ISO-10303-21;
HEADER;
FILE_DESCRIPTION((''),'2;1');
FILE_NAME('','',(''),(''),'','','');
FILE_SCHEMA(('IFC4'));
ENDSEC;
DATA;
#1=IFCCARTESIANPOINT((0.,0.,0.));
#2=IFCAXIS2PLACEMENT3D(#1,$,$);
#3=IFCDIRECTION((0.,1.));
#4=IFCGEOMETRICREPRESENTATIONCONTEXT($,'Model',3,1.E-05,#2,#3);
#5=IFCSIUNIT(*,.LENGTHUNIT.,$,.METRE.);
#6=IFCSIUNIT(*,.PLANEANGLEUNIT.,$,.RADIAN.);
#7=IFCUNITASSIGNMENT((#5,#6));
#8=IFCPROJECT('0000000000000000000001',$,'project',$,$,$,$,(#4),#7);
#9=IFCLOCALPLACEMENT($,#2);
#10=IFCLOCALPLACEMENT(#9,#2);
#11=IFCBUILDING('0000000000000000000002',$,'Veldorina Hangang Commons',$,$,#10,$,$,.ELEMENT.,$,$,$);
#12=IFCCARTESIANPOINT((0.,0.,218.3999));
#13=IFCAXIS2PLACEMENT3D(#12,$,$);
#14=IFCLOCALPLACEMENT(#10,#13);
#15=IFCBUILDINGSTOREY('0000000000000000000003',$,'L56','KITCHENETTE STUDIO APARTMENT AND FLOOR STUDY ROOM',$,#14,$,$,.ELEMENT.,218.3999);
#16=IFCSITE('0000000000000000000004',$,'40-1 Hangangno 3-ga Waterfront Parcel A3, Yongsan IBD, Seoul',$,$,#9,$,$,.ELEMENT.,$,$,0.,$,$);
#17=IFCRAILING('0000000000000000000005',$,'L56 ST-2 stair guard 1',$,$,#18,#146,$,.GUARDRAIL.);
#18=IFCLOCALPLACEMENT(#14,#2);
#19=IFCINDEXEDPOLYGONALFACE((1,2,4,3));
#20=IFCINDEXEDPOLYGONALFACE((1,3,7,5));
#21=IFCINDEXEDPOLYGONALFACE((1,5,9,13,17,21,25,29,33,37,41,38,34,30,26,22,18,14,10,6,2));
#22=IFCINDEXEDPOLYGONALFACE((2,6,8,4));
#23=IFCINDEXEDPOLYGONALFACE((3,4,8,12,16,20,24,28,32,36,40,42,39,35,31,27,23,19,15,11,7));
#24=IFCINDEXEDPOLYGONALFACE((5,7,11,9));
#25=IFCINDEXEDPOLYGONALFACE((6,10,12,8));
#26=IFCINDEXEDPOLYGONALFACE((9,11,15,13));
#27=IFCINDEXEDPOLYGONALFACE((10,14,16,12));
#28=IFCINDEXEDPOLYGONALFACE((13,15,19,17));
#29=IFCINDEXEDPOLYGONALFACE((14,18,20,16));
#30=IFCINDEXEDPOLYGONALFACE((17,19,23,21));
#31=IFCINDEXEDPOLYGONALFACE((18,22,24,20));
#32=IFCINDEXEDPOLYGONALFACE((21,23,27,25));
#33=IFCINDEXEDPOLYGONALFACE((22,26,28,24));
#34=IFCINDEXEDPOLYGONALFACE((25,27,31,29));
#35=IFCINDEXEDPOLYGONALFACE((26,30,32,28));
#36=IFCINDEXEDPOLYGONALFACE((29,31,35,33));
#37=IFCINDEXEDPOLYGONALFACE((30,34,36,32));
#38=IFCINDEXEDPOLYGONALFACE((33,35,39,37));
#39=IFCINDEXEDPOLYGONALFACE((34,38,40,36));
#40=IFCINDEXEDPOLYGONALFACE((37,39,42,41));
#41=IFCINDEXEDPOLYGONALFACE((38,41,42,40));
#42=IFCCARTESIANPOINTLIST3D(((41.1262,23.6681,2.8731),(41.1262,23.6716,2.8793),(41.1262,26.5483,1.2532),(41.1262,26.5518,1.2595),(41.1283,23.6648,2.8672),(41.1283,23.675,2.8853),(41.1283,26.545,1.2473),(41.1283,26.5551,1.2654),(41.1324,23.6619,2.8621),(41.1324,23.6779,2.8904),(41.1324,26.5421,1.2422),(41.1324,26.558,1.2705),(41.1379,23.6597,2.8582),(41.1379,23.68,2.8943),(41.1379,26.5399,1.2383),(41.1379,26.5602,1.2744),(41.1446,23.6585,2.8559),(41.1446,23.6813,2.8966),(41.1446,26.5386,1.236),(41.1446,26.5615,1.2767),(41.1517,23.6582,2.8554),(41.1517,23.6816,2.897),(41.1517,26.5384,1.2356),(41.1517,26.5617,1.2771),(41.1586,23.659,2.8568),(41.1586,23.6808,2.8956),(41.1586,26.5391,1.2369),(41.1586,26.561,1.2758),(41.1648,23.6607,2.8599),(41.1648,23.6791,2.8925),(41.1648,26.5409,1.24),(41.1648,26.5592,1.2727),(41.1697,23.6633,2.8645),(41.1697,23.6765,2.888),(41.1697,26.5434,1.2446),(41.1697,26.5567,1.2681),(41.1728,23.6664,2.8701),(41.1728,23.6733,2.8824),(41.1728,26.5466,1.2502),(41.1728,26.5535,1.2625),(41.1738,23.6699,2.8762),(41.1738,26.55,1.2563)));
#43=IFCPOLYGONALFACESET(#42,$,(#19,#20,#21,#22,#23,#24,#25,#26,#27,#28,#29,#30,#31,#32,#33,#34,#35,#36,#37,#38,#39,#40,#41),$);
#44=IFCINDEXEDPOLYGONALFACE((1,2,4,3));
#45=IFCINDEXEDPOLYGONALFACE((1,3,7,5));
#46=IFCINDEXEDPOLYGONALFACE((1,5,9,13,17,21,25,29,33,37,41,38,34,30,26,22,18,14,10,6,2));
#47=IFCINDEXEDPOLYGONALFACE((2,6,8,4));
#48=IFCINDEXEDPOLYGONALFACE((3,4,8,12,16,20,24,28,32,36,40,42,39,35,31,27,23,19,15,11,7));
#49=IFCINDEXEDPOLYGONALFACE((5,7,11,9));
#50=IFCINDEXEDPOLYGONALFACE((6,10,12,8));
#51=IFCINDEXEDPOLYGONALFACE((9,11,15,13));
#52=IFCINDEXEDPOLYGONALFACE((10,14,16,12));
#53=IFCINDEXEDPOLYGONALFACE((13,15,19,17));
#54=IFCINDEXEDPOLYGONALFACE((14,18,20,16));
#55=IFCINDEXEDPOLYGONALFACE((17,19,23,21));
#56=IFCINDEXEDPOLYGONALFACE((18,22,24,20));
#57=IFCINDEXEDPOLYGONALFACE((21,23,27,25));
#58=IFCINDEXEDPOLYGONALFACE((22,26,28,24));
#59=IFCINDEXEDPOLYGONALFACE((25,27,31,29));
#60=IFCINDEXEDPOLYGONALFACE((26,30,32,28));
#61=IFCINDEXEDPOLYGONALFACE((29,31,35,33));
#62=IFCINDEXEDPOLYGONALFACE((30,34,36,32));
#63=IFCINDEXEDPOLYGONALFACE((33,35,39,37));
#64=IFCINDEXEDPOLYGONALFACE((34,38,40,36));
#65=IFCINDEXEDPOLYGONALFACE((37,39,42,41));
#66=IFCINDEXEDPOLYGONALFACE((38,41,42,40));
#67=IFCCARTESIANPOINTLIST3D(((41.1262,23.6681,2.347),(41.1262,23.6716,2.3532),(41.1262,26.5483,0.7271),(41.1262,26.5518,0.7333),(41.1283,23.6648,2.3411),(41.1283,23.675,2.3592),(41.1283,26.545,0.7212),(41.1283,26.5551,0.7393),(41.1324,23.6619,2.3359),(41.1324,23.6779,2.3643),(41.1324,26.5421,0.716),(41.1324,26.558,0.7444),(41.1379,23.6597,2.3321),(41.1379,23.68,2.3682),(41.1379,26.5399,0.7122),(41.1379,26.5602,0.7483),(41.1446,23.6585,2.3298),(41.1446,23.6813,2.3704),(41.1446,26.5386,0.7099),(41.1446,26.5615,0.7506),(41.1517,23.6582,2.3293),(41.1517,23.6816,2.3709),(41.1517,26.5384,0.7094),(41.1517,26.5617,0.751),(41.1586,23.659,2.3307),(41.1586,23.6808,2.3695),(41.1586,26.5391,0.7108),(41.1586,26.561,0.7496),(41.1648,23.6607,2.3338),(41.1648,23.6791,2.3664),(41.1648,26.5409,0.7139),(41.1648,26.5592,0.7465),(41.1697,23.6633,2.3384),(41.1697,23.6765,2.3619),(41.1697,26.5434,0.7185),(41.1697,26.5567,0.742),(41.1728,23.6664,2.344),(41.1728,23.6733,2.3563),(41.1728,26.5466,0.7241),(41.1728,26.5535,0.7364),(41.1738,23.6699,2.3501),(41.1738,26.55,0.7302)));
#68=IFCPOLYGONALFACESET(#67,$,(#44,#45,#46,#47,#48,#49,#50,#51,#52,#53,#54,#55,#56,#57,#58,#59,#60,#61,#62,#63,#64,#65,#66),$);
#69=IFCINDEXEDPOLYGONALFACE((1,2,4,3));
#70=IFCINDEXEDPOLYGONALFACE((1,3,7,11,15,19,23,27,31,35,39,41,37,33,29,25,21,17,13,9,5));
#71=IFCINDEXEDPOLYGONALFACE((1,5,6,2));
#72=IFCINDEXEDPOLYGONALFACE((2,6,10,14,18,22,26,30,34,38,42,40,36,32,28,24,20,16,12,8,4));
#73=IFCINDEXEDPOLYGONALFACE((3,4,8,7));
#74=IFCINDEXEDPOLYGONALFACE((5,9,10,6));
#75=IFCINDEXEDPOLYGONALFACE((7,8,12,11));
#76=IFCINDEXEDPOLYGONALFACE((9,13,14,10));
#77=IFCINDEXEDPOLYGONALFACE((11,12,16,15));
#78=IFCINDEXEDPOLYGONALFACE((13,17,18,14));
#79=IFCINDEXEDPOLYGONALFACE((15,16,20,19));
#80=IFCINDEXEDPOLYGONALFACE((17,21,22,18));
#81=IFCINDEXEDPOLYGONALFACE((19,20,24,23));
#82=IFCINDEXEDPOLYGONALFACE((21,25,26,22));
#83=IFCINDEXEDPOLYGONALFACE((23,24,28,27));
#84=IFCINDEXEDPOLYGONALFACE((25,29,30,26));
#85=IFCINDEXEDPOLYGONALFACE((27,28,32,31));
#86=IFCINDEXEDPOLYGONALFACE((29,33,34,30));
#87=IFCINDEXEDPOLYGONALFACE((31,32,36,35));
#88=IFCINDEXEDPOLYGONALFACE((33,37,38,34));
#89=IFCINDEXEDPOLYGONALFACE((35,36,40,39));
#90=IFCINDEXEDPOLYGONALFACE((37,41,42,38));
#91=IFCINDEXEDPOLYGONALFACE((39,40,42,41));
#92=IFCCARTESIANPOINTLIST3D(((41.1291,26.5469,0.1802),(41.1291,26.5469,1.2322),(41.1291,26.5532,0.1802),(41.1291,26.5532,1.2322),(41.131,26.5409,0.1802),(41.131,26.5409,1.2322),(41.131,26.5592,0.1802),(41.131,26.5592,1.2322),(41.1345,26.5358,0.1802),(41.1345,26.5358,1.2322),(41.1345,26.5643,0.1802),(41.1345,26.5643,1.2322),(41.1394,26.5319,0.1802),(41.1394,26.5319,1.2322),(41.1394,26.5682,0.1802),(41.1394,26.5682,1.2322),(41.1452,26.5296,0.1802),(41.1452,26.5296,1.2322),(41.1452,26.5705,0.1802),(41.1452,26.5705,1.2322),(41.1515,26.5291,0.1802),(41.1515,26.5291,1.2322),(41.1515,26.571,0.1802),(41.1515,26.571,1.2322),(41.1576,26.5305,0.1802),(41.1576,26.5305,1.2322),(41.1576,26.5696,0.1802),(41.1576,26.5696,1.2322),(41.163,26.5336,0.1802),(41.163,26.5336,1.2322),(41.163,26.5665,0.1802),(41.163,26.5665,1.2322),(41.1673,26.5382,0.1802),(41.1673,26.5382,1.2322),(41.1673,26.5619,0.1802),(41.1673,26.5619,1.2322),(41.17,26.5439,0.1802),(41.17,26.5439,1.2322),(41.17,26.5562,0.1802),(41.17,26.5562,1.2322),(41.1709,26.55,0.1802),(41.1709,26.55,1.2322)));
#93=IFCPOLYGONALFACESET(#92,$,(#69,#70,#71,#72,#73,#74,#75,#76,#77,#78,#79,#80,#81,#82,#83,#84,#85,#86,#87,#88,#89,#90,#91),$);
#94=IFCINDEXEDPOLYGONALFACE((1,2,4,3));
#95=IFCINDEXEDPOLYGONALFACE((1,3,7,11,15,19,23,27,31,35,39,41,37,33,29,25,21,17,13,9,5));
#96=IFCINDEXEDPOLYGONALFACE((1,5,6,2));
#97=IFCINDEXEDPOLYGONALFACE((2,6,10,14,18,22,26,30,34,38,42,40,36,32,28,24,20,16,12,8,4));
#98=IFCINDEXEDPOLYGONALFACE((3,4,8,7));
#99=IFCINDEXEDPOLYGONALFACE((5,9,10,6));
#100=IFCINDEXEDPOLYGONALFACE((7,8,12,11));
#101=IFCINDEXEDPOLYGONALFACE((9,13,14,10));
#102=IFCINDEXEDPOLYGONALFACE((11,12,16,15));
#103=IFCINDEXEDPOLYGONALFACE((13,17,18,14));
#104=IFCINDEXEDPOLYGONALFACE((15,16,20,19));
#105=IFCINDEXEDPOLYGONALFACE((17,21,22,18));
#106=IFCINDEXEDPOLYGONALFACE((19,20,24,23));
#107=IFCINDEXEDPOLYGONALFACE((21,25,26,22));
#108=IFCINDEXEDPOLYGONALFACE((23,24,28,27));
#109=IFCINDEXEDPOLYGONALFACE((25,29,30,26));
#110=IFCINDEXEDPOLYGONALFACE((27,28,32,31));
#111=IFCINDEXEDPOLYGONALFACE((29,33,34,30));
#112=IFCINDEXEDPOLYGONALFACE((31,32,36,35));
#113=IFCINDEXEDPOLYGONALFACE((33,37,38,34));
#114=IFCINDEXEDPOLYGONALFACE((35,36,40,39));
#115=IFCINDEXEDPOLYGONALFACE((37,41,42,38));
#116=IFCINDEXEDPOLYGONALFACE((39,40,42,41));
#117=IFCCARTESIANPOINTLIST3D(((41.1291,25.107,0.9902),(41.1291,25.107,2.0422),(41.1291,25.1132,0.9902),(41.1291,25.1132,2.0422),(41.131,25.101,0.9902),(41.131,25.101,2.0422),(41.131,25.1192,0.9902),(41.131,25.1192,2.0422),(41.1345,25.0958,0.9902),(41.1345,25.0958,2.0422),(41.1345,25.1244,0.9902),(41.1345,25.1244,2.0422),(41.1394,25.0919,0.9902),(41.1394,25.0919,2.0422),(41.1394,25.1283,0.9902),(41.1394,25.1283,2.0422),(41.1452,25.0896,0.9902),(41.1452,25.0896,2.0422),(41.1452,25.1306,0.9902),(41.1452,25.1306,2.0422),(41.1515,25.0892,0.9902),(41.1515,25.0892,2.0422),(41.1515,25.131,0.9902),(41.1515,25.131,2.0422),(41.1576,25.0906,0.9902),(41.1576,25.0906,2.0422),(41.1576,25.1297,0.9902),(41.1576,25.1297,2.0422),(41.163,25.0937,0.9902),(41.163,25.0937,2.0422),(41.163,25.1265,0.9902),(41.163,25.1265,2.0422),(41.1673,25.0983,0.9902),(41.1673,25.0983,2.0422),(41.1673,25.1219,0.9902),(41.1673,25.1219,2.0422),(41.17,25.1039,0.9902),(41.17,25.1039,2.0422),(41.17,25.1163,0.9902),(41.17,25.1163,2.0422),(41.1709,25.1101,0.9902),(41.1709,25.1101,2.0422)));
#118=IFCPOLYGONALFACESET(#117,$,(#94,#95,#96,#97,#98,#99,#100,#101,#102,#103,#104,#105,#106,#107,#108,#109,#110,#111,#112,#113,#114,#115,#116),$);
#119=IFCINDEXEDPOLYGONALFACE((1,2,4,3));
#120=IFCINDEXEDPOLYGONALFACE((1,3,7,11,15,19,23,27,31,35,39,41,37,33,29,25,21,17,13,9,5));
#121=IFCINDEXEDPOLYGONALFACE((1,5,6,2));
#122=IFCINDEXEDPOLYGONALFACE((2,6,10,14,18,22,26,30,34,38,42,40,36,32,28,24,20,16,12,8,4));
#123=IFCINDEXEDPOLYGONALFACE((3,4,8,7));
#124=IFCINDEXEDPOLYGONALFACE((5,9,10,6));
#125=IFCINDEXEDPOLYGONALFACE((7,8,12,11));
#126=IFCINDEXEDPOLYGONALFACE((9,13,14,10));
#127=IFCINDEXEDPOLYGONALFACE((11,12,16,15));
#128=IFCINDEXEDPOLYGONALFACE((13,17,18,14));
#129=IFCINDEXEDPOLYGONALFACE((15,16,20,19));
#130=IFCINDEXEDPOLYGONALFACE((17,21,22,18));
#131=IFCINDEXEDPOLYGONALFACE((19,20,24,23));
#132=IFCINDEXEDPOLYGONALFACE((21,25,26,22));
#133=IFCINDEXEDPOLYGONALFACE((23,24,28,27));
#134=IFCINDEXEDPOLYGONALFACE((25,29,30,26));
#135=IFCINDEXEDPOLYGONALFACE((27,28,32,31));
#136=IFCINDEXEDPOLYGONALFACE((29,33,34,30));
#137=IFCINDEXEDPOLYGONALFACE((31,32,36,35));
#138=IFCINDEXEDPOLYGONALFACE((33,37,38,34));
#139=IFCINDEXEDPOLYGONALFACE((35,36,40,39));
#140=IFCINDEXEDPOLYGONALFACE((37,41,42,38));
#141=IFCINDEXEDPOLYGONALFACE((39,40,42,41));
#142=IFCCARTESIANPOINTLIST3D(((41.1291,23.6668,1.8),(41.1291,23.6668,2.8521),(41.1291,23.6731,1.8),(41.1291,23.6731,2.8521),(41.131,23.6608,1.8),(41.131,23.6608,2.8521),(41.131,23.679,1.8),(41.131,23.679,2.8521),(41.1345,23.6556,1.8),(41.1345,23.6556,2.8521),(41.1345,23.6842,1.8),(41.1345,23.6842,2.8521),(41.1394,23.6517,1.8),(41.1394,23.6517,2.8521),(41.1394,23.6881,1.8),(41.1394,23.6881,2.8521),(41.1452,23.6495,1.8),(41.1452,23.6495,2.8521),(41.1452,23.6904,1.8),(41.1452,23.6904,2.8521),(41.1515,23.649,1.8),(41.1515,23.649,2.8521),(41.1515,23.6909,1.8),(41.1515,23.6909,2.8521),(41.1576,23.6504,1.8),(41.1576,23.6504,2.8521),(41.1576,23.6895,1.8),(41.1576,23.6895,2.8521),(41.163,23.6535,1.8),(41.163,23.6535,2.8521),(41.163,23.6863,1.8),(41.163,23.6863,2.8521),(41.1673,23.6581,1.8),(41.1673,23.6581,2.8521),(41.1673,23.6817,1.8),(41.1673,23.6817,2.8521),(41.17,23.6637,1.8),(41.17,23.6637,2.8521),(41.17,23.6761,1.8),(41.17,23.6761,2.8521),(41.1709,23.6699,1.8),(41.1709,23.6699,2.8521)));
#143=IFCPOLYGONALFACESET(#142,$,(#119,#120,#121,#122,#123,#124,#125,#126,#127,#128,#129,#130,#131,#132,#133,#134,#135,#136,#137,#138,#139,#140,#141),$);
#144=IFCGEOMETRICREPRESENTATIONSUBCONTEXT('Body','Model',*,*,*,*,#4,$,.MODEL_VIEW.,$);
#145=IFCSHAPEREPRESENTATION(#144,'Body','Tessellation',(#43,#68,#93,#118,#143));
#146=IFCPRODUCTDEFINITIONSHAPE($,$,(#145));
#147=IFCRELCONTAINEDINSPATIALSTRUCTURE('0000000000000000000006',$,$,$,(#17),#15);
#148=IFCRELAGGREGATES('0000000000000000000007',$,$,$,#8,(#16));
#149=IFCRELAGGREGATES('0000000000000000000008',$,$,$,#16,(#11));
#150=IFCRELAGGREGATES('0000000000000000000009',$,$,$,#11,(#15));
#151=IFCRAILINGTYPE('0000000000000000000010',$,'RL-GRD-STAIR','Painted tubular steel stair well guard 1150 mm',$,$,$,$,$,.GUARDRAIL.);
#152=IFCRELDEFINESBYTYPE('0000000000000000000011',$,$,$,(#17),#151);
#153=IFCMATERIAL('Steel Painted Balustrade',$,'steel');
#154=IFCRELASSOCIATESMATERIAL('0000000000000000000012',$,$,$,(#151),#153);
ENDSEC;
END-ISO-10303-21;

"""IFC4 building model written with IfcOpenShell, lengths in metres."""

from ifc_helpers import new_model, si_unit, direction, frame, origin, origin_2d, place, context, subcontext, project, spatial, circle, extrude, material, type_object, element, save


model = new_model("IFC4")

# Units and contexts
model_context = context("Model", 3, precision=1e-05, world=origin(), true_north=direction((0.0, 1.0)))
body_context = subcontext(model_context, "Body", "Model", "MODEL_VIEW")
ifc_project = project(units=[si_unit("LENGTHUNIT", "METRE"), si_unit("PLANEANGLEUNIT", "RADIAN")], contexts=[model_context])

# Site, building, storey
site_placement = place(None, origin())
site = spatial("IfcSite", under=ifc_project, at=site_placement, Name="40-1 Hangangno 3-ga Waterfront Parcel A3, Yongsan IBD, Seoul", CompositionType="ELEMENT", RefElevation=0.0)
building_placement = place(site_placement, origin())
building = spatial("IfcBuilding", under=site, at=building_placement, Name="Veldorina Hangang Commons", CompositionType="ELEMENT")
storey_placement = place(building_placement, frame((0.0, 0.0, 218.3999)))
storey = spatial("IfcBuildingStorey", under=building, at=storey_placement, Name="L56", Description="KITCHENETTE STUDIO APARTMENT AND FLOOR STUDY ROOM", CompositionType="ELEMENT", Elevation=218.3999)

# Railing
ifc_material_1 = material(Name="Steel Painted Balustrade", Category="steel")
railing_type_1 = type_object("IfcRailingType", Name="RL-GRD-STAIR", Description="Painted tubular steel stair well guard 1150 mm", PredefinedType="GUARDRAIL", material=ifc_material_1)
railing_1_placement = place(storey_placement, frame((41.1499, 26.55, 0.1802)))
element("IfcRailing", 1, at=railing_1_placement, inside=storey, type_object=railing_type_1, Name="L56 ST-2 stair guard 1", PredefinedType="GUARDRAIL", context=body_context, shape_type="SweptSolid", body=[
    extrude(circle(Radius=0.0239, at=origin_2d()), frame((0.0, 0.0, 1.0762), z_axis=(0.0, -0.871601, 0.490216), x_axis=(1.0, 0.0, 0.0)), (0.0, 0.0, 1.0), 3.3044),
    extrude(circle(Radius=0.0239, at=origin_2d()), frame((0.0, 0.0, 0.55), z_axis=(0.0, -0.871601, 0.490216), x_axis=(1.0, 0.0, 0.0)), (0.0, 0.0, 1.0), 3.3044),
    extrude(circle(Radius=0.021, at=origin_2d()), origin(), (0.0, 0.0, 1.0), 1.052),
    extrude(circle(Radius=0.021, at=origin_2d()), frame((0.0, -1.4399, 0.8101)), (0.0, 0.0, 1.0), 1.052),
    extrude(circle(Radius=0.021, at=origin_2d()), frame((0.0, -2.8801, 1.6199)), (0.0, 0.0, 1.0), 1.052),
])

save(model, "model.ifc")
